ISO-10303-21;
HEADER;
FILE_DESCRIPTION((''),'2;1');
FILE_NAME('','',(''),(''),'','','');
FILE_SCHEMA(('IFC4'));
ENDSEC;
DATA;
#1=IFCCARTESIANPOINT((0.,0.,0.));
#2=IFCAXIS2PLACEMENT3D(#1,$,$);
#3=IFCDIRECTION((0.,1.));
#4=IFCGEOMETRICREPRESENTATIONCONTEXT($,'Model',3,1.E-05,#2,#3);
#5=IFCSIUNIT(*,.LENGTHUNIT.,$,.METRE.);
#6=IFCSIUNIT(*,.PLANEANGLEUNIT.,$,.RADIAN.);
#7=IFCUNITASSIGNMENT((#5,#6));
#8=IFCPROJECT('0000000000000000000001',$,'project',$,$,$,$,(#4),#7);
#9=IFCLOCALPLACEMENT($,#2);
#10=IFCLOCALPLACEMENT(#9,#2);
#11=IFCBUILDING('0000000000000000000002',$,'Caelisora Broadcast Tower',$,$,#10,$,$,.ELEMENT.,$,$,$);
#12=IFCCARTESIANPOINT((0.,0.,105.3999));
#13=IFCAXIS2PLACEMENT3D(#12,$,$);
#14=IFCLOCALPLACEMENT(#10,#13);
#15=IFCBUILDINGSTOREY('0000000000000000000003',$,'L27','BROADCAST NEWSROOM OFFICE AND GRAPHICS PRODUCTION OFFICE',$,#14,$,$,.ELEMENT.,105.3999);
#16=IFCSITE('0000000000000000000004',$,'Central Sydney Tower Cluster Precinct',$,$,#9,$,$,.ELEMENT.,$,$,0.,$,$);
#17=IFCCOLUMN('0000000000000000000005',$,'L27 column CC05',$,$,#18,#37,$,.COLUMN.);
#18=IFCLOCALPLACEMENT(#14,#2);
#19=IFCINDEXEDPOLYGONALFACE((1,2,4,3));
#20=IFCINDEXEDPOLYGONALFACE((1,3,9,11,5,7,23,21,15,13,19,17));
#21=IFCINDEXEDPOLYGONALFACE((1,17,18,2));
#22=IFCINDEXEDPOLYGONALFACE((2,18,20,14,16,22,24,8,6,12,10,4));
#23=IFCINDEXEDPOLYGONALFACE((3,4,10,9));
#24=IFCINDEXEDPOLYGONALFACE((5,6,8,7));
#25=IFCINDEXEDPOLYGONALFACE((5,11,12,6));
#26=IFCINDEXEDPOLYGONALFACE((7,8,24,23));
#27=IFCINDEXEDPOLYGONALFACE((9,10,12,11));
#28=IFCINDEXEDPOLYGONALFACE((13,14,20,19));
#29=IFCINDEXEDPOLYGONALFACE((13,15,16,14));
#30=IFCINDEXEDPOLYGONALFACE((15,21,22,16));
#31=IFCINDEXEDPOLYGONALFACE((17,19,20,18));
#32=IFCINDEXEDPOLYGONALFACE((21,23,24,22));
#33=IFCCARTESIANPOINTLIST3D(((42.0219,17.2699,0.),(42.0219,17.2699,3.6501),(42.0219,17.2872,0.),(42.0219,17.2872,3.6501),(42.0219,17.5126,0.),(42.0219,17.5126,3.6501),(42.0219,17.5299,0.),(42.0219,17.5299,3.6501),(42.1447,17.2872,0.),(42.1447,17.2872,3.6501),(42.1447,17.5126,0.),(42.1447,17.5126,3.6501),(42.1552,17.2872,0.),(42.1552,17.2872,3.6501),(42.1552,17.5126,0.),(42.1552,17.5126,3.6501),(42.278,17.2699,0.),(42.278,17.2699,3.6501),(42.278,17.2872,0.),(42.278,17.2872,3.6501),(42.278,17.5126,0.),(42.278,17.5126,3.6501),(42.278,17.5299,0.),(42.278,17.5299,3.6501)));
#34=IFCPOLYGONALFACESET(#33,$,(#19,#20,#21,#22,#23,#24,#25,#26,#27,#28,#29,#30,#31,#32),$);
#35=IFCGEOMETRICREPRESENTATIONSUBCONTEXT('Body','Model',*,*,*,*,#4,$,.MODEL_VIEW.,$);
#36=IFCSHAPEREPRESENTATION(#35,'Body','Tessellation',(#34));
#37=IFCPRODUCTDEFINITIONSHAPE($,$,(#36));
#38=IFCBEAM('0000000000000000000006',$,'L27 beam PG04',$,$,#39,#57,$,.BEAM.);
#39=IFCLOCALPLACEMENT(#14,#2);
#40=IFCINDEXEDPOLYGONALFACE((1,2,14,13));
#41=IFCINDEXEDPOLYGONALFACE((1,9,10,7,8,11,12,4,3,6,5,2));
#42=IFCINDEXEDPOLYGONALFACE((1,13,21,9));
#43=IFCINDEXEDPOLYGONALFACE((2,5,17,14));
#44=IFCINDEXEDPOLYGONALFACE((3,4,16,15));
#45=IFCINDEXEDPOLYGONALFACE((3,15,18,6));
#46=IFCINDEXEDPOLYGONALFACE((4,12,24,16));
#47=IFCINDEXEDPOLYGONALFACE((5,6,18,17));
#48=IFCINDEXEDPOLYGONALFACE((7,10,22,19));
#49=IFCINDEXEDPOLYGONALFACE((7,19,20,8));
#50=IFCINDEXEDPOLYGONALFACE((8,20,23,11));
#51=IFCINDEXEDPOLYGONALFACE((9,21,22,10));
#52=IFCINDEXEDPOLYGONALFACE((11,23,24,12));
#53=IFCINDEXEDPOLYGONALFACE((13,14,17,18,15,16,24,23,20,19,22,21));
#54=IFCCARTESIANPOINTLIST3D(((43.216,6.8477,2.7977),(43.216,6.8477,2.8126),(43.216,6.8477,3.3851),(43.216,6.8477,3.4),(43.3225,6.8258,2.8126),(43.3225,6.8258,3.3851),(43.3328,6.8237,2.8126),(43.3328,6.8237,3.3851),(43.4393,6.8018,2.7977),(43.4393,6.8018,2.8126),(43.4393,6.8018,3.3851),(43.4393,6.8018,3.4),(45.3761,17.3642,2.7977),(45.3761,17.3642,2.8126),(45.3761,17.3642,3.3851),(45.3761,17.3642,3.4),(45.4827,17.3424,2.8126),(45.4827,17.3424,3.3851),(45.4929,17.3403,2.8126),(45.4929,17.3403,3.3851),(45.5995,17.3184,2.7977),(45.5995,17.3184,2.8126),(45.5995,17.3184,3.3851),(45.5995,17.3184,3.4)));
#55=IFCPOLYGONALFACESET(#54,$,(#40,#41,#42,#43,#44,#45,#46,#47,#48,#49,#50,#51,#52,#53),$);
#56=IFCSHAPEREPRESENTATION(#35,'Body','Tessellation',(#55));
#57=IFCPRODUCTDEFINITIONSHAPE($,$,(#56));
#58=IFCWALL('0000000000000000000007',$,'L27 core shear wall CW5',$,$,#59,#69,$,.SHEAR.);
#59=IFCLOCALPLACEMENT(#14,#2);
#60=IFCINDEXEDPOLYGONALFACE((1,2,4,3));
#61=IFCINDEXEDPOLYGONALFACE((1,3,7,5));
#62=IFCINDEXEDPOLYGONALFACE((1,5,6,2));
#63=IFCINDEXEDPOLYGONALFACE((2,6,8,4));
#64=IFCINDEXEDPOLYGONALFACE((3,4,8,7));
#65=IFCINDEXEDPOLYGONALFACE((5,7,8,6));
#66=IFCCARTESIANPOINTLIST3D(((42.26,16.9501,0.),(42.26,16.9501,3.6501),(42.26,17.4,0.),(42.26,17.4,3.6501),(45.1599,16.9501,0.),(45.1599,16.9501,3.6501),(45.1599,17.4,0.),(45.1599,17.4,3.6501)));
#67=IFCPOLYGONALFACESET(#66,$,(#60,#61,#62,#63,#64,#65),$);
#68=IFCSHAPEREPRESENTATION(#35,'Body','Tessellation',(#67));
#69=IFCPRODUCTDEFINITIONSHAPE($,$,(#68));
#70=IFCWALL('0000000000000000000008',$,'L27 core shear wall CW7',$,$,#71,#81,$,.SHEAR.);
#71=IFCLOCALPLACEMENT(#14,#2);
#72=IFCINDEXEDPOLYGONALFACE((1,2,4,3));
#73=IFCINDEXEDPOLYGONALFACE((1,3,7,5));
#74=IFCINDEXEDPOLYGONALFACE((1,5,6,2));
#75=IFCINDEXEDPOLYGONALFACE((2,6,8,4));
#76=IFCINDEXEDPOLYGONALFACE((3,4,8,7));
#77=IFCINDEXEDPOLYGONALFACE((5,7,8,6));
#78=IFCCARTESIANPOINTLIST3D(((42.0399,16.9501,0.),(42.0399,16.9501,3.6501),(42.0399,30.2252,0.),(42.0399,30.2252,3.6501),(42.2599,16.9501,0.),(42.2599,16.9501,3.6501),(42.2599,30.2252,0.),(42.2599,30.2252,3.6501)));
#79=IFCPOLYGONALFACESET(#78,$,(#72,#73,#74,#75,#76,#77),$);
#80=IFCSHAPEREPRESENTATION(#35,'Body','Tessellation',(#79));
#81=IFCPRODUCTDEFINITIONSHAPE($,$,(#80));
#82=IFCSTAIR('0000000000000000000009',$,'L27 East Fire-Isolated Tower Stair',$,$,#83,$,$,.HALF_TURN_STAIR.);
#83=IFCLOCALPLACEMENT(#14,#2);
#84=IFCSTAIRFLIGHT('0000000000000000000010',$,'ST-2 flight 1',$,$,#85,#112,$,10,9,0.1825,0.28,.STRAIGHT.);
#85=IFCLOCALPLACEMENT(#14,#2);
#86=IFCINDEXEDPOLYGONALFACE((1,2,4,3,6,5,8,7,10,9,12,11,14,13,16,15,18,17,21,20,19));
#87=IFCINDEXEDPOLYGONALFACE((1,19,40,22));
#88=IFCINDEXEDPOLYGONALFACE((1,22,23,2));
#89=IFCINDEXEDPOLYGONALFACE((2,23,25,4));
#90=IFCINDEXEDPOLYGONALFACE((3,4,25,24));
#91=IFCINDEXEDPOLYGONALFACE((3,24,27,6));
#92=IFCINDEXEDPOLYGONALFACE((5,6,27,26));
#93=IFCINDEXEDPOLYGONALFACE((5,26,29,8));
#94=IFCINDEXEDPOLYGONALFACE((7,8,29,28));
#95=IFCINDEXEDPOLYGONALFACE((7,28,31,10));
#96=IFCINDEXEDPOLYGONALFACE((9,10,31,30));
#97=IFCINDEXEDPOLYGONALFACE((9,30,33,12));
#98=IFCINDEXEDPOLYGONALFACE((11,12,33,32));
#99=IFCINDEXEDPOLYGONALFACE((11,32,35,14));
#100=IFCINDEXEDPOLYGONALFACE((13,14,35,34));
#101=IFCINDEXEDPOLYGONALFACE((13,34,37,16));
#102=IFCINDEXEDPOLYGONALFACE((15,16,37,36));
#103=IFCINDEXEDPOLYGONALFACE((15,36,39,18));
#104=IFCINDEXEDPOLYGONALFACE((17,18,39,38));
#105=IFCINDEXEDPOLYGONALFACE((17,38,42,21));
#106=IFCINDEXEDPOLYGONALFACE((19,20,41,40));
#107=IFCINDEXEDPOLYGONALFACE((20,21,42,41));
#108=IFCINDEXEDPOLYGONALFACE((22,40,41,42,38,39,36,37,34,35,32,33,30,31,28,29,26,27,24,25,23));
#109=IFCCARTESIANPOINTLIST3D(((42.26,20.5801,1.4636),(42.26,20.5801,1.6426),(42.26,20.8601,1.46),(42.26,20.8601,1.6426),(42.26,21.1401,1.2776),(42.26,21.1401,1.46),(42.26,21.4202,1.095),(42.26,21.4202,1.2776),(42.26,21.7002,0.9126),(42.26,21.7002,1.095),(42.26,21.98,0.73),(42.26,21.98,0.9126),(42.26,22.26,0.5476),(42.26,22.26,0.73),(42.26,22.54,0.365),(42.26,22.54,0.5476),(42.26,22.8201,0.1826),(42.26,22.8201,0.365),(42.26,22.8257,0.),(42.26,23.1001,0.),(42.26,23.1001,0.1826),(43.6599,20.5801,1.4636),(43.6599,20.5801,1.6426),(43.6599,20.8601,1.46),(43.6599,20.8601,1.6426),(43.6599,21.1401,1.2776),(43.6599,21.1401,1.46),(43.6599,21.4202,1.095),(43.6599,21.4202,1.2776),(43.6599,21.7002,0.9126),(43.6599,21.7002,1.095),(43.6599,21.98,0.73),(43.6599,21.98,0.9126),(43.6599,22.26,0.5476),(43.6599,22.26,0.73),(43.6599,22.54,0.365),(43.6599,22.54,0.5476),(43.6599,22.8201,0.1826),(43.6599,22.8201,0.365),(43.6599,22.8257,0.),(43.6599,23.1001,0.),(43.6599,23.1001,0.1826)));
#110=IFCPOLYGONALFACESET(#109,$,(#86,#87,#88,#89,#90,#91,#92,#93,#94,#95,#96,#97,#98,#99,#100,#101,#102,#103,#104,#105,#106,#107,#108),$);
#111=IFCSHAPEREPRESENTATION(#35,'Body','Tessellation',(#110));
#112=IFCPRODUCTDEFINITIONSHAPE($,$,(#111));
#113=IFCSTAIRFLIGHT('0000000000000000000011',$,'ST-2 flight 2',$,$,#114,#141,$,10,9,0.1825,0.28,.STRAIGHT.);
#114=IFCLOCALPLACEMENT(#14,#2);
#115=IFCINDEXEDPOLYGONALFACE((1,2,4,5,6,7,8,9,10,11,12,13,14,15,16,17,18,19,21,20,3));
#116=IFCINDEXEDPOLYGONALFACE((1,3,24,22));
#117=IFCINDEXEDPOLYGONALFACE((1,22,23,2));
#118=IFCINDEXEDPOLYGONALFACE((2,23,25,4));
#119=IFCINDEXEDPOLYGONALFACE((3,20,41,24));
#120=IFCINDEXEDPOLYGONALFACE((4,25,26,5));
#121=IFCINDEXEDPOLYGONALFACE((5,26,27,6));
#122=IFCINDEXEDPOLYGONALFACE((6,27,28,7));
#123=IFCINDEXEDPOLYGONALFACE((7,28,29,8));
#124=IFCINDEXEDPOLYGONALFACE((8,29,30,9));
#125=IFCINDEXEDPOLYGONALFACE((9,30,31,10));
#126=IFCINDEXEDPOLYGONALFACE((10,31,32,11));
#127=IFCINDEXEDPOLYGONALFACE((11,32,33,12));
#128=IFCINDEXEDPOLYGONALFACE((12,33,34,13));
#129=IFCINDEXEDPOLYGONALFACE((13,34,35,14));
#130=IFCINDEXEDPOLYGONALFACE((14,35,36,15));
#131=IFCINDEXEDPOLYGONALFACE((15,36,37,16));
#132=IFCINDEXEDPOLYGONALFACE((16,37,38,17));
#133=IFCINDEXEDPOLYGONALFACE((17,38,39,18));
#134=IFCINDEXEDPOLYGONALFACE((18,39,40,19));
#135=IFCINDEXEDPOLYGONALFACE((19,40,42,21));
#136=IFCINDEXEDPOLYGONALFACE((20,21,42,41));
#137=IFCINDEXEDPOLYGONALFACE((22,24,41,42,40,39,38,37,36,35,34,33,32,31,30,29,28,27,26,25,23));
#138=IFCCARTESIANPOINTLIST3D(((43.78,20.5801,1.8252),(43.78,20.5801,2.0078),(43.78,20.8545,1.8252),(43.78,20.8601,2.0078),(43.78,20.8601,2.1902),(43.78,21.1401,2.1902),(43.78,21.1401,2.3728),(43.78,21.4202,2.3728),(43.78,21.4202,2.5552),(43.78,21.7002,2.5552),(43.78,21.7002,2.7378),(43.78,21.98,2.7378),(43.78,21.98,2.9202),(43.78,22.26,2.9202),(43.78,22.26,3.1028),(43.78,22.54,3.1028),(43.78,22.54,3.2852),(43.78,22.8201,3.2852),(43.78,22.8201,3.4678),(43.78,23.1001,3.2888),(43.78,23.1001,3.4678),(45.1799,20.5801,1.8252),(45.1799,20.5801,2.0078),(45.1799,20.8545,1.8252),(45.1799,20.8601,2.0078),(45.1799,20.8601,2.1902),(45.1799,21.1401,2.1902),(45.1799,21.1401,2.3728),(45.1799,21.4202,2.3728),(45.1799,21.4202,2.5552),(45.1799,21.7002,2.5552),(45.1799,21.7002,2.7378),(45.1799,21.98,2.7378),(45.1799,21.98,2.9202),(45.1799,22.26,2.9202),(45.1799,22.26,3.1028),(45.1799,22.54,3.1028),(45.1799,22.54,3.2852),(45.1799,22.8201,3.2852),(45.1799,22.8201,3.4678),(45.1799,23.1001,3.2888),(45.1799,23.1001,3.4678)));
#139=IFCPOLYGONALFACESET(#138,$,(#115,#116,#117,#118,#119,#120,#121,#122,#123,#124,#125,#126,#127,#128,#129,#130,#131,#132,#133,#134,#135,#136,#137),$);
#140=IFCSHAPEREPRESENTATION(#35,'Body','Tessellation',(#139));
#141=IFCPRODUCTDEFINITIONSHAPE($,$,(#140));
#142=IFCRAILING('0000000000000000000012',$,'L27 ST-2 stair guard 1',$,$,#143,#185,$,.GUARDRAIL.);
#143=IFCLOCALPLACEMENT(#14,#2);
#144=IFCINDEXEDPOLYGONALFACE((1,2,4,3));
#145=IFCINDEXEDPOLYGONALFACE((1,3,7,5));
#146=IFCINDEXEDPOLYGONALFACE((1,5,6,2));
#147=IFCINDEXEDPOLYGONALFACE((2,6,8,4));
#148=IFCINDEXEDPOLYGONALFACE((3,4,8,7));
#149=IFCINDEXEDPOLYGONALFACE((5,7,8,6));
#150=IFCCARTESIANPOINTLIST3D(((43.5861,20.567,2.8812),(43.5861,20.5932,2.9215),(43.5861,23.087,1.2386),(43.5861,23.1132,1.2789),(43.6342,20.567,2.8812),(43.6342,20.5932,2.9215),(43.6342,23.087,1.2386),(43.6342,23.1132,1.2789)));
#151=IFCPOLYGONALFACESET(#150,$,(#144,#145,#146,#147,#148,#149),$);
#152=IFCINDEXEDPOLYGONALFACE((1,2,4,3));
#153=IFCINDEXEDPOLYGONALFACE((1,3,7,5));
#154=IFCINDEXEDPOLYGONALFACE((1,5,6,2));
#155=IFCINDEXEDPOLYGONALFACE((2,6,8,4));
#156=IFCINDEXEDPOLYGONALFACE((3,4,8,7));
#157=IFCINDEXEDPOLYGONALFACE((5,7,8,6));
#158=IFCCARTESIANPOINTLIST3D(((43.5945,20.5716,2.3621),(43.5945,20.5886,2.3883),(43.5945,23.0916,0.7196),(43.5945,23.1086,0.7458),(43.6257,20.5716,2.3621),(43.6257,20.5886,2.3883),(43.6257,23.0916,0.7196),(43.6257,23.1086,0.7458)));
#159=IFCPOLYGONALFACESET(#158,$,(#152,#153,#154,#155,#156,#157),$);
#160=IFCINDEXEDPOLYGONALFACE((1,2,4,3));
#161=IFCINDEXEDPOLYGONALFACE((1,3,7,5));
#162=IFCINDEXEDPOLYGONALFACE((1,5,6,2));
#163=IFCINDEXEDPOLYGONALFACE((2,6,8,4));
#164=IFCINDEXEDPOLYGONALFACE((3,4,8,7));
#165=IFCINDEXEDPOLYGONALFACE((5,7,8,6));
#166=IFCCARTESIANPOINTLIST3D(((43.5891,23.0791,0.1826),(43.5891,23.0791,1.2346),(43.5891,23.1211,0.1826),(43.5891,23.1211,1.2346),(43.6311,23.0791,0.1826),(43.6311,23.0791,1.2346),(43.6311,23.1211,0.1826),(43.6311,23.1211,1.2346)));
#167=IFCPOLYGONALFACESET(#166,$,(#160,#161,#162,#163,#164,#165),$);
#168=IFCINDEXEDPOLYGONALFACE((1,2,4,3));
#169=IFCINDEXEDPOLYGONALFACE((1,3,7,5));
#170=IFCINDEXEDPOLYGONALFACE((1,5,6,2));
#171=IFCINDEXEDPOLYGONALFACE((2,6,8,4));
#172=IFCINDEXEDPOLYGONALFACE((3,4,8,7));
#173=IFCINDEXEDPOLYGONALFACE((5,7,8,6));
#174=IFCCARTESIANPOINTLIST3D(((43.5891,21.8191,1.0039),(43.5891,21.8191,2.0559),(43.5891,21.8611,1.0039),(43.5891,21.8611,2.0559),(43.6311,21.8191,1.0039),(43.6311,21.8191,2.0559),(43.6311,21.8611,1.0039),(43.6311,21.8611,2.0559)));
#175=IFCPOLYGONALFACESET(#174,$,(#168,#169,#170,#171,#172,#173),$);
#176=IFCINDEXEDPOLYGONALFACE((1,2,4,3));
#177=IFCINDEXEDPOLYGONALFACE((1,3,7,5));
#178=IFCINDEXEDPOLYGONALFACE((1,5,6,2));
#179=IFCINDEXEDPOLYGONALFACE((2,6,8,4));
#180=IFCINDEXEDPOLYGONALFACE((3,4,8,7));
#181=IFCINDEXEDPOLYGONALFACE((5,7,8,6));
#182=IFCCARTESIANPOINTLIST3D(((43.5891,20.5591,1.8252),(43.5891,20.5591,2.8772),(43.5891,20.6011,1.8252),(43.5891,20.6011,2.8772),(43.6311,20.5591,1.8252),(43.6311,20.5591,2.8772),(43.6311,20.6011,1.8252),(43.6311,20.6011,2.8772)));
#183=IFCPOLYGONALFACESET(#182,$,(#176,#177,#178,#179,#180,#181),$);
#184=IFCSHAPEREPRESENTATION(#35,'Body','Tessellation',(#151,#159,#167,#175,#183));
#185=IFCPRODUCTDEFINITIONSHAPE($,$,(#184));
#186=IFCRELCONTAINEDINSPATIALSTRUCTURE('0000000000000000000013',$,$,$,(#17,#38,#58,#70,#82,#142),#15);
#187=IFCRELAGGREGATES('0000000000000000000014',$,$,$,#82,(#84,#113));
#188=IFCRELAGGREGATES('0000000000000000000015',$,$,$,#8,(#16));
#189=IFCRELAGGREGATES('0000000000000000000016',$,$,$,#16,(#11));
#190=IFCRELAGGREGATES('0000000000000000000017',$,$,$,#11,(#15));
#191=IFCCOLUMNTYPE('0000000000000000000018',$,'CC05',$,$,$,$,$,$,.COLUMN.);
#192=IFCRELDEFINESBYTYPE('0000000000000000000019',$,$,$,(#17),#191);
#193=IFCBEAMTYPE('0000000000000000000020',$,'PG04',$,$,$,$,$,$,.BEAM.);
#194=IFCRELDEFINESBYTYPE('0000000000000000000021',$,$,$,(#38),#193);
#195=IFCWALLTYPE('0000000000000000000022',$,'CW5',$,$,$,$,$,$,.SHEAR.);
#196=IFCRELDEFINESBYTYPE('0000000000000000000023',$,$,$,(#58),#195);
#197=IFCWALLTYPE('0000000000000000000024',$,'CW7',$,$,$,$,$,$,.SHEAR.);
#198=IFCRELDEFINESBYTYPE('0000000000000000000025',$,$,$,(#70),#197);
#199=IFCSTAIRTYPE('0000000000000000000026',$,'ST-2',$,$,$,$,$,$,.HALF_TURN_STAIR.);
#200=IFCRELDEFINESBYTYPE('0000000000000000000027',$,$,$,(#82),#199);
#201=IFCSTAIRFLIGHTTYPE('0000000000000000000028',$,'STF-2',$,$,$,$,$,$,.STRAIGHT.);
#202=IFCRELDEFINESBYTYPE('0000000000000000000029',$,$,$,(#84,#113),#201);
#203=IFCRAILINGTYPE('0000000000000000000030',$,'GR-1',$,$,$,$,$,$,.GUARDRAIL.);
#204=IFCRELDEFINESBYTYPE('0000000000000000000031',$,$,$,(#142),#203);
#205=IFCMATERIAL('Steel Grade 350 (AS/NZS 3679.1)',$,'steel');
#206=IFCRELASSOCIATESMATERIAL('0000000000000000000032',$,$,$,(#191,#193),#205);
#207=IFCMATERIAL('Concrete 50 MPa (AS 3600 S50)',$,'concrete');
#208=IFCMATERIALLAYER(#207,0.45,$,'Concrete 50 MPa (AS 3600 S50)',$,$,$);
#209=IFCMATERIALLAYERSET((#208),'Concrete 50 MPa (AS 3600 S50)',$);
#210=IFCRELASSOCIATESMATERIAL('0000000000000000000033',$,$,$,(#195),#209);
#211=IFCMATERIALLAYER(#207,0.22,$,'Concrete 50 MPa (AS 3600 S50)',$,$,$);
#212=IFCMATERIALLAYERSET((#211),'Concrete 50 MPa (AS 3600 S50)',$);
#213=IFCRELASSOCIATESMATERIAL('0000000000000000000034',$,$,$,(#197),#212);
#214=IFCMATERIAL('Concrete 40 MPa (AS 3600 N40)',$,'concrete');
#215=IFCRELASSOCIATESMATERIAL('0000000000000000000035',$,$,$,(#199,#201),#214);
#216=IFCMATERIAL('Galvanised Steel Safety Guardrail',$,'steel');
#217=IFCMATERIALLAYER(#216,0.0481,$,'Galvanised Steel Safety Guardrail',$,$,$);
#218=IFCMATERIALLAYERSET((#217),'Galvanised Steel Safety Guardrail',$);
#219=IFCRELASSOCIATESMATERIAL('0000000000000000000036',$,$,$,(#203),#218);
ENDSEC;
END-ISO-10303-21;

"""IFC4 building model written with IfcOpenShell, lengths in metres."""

from ifc_helpers import new_model, si_unit, direction, frame, frame_2d, origin, origin_2d, place, context, subcontext, project, spatial, polyline, rectangle, i_section, outline, extrude, source, transform, mapped, material, layer, layer_set, material_profile, profile_set, type_object, type_shapes, element, aggregate, save


model = new_model("IFC4")

# Units and contexts
model_context = context("Model", 3, precision=1e-05, world=origin(), true_north=direction((0.0, 1.0)))
body_context = subcontext(model_context, "Body", "Model", "MODEL_VIEW")
ifc_project = project(units=[si_unit("LENGTHUNIT", "METRE"), si_unit("PLANEANGLEUNIT", "RADIAN")], contexts=[model_context])

# Site, building, storey
site_placement = place(None, origin())
site = spatial("IfcSite", under=ifc_project, at=site_placement, Name="Central Sydney Tower Cluster Precinct", CompositionType="ELEMENT", RefElevation=0.0)
building_placement = place(site_placement, origin())
building = spatial("IfcBuilding", under=site, at=building_placement, Name="Caelisora Broadcast Tower", CompositionType="ELEMENT")
storey_placement = place(building_placement, frame((0.0, 0.0, 105.3999)))
storey = spatial("IfcBuildingStorey", under=building, at=storey_placement, Name="L27", Description="BROADCAST NEWSROOM OFFICE AND GRAPHICS PRODUCTION OFFICE", CompositionType="ELEMENT", Elevation=105.3999)

# Column
ifc_material_1 = material(Name="Steel Grade 350 (AS/NZS 3679.1)", Category="steel")
ifc_material_profile_1 = material_profile(ifc_material_1, i_section(OverallWidth=0.2561, OverallDepth=0.26, WebThickness=0.0105, FlangeThickness=0.0173, at=origin_2d()), Name="Steel Grade 350 (AS/NZS 3679.1)")
ifc_profile_set_1 = profile_set([ifc_material_profile_1], Name="Steel Grade 350 (AS/NZS 3679.1)")
column_type = type_object("IfcColumnType", Name="CC05", PredefinedType="COLUMN", material=ifc_profile_set_1)
shared_shape_1 = source(origin(), body_context, "Body", "SweptSolid", [
    extrude(i_section(OverallWidth=0.2561, OverallDepth=0.26, WebThickness=0.0105, FlangeThickness=0.0173, at=origin_2d()), origin(), (0.0, 0.0, 1.0), 3.6501),
])
type_shapes(column_type, [shared_shape_1])
column_placement = place(storey_placement, frame((42.1499, 17.3999, 0.0), z_axis=(0.0, 0.0, 1.0), x_axis=(1.0, 0.0, 0.0)))
element("IfcColumn", 1, at=column_placement, inside=storey, type_object=column_type, Name="L27 column CC05", PredefinedType="COLUMN", context=body_context, shape_type="MappedRepresentation", body=[
    mapped(shared_shape_1, transform((0.0, 0.0, 0.0), scale=1.0)),
])

# Beam
ifc_material_profile_2 = material_profile(ifc_material_1, i_section(OverallWidth=0.228, OverallDepth=0.6023, WebThickness=0.0105, FlangeThickness=0.0149, at=origin_2d()), Name="Steel Grade 350 (AS/NZS 3679.1)")
ifc_profile_set_2 = profile_set([ifc_material_profile_2], Name="Steel Grade 350 (AS/NZS 3679.1)")
beam_type = type_object("IfcBeamType", Name="PG04", PredefinedType="BEAM", material=ifc_profile_set_2)
shared_shape_2 = source(origin(), body_context, "Body", "SweptSolid", [
    extrude(i_section(OverallWidth=0.228, OverallDepth=0.6023, WebThickness=0.0105, FlangeThickness=0.0149, at=origin_2d()), origin(), (0.0, 0.0, 1.0), 10.7361),
])
type_shapes(beam_type, [shared_shape_2])
beam_placement = place(storey_placement, frame((45.4878, 17.3413, 3.0989), z_axis=(-0.201204, -0.979549, 0.0), x_axis=(0.979549, -0.201204, 0.0)))
element("IfcBeam", 2, at=beam_placement, inside=storey, type_object=beam_type, Name="L27 beam PG04", PredefinedType="BEAM", context=body_context, shape_type="MappedRepresentation", body=[
    mapped(shared_shape_2, transform((0.0, 0.0, 0.0), scale=1.0)),
])

# Shared definitions
ifc_material_2 = material(Name="Concrete 50 MPa (AS 3600 S50)", Category="concrete")

# Walls
ifc_layer_1 = layer(ifc_material_2, 0.45, Name="Concrete 50 MPa (AS 3600 S50)")
ifc_layer_set_1 = layer_set([ifc_layer_1], Name="Concrete 50 MPa (AS 3600 S50)")
wall_type_1 = type_object("IfcWallType", Name="CW5", PredefinedType="SHEAR", material=ifc_layer_set_1)
wall_1_placement = place(storey_placement, frame((42.26, 17.175, 0.0), z_axis=(0.0, 0.0, 1.0), x_axis=(1.0, 0.0, 0.0)))
element("IfcWall", 3, at=wall_1_placement, inside=storey, type_object=wall_type_1, Name="L27 core shear wall CW5", PredefinedType="SHEAR", context=body_context, shape_type="SweptSolid", body=[
    extrude(rectangle(XDim=2.8999, YDim=0.45, at=frame_2d((1.45, 0.0))), origin(), (0.0, 0.0, 1.0), 3.6501),
])
ifc_layer_2 = layer(ifc_material_2, 0.22, Name="Concrete 50 MPa (AS 3600 S50)")
ifc_layer_set_2 = layer_set([ifc_layer_2], Name="Concrete 50 MPa (AS 3600 S50)")
wall_type_2 = type_object("IfcWallType", Name="CW7", PredefinedType="SHEAR", material=ifc_layer_set_2)
wall_2_placement = place(storey_placement, frame((42.1499, 16.95, 0.0), z_axis=(0.0, 0.0, 1.0), x_axis=(0.0, 1.0, 0.0)))
element("IfcWall", 4, at=wall_2_placement, inside=storey, type_object=wall_type_2, Name="L27 core shear wall CW7", PredefinedType="SHEAR", context=body_context, shape_type="SweptSolid", body=[
    extrude(rectangle(XDim=13.2751, YDim=0.22, at=frame_2d((6.6377, 0.0))), origin(), (0.0, 0.0, 1.0), 3.6501),
])

# Stair, stair flights
ifc_material_3 = material(Name="Concrete 40 MPa (AS 3600 N40)", Category="concrete")
stair_type = type_object("IfcStairType", Name="ST-2", PredefinedType="HALF_TURN_STAIR", material=ifc_material_3)
stair_placement = place(storey_placement, origin())
stair = element("IfcStair", 5, at=stair_placement, inside=storey, type_object=stair_type, Name="L27 East Fire-Isolated Tower Stair", PredefinedType="HALF_TURN_STAIR")
stair_flight_type = type_object("IfcStairFlightType", Name="STF-2", PredefinedType="STRAIGHT", material=ifc_material_3)
stair_flight_1_placement = place(storey_placement, frame((42.96, 23.1001, 0.0), z_axis=(0.0, 0.0, 1.0), x_axis=(0.0, -1.0, 0.0)))
stair_flight_1 = element("IfcStairFlight", 6, at=stair_flight_1_placement, type_object=stair_flight_type, Name="ST-2 flight 1", NumberOfRisers=10, NumberOfTreads=9, PredefinedType="STRAIGHT", RiserHeight=0.1825, TreadLength=0.28, context=body_context, shape_type="SweptSolid", body=[
    extrude(outline(polyline([(0.0, 0.0), (0.0, 0.1826), (0.28, 0.1826), (0.28, 0.365), (0.5601, 0.365), (0.5601, 0.5476), (0.8401, 0.5476), (0.8401, 0.73), (1.1201, 0.73), (1.1201, 0.9126), (1.3999, 0.9126), (1.3999, 1.095), (1.6799, 1.095), (1.6799, 1.2776), (1.96, 1.2776), (1.96, 1.46), (2.24, 1.46), (2.24, 1.6426), (2.52, 1.6426), (2.52, 1.825), (2.52, 1.4636), (0.2744, 0.0), (0.0, 0.0)])), frame((0.0, 0.7, 0.0), z_axis=(0.0, -1.0, 0.0), x_axis=(1.0, 0.0, 0.0)), (0.0, 0.0, 1.0), 1.3999),
])
stair_flight_2_placement = place(storey_placement, frame((44.48, 20.5801, 1.8252), z_axis=(0.0, 0.0, 1.0), x_axis=(0.0, 1.0, 0.0)))
stair_flight_2 = element("IfcStairFlight", 7, at=stair_flight_2_placement, type_object=stair_flight_type, Name="ST-2 flight 2", NumberOfRisers=10, NumberOfTreads=9, PredefinedType="STRAIGHT", RiserHeight=0.1825, TreadLength=0.28, context=body_context, shape_type="SweptSolid", body=[
    extrude(outline(polyline([(0.0, 0.0), (0.0, 0.1826), (0.28, 0.1826), (0.28, 0.365), (0.5601, 0.365), (0.5601, 0.5476), (0.8401, 0.5476), (0.8401, 0.73), (1.1201, 0.73), (1.1201, 0.9126), (1.3999, 0.9126), (1.3999, 1.095), (1.6799, 1.095), (1.6799, 1.2776), (1.96, 1.2776), (1.96, 1.46), (2.24, 1.46), (2.24, 1.6426), (2.52, 1.6426), (2.52, 1.825), (2.52, 1.4636), (0.2744, 0.0), (0.0, 0.0)])), frame((0.0, 0.7, 0.0), z_axis=(0.0, -1.0, 0.0), x_axis=(1.0, 0.0, 0.0)), (0.0, 0.0, 1.0), 1.3999),
])
aggregate(stair, [stair_flight_1, stair_flight_2])

# Railing
ifc_material_4 = material(Name="Galvanised Steel Safety Guardrail", Category="steel")
ifc_layer_3 = layer(ifc_material_4, 0.0481, Name="Galvanised Steel Safety Guardrail")
ifc_layer_set_3 = layer_set([ifc_layer_3], Name="Galvanised Steel Safety Guardrail")
railing_type_1 = type_object("IfcRailingType", Name="GR-1", PredefinedType="GUARDRAIL", material=ifc_layer_set_3)
railing_1_placement = place(storey_placement, frame((43.6101, 23.1001, 0.1826)))
element("IfcRailing", 8, at=railing_1_placement, inside=storey, type_object=railing_type_1, Name="L27 ST-2 stair guard 1", PredefinedType="GUARDRAIL", context=body_context, shape_type="SweptSolid", body=[
    extrude(rectangle(XDim=0.0481, YDim=0.0481, at=origin_2d()), frame((0.0, 0.0, 1.0762), z_axis=(0.0, -0.837749, 0.546055), x_axis=(1.0, 0.0, 0.0)), (0.0, 0.0, 1.0), 3.0081),
    extrude(rectangle(XDim=0.0312, YDim=0.0312, at=origin_2d()), frame((0.0, 0.0, 0.55), z_axis=(0.0, -0.837749, 0.546055), x_axis=(1.0, 0.0, 0.0)), (0.0, 0.0, 1.0), 3.0081),
    extrude(rectangle(XDim=0.042, YDim=0.042, at=origin_2d()), origin(), (0.0, 0.0, 1.0), 1.052),
    extrude(rectangle(XDim=0.042, YDim=0.042, at=origin_2d()), frame((0.0, -1.26, 0.8213)), (0.0, 0.0, 1.0), 1.052),
    extrude(rectangle(XDim=0.042, YDim=0.042, at=origin_2d()), frame((0.0, -2.52, 1.6426)), (0.0, 0.0, 1.0), 1.052),
])

save(model, "model.ifc")
